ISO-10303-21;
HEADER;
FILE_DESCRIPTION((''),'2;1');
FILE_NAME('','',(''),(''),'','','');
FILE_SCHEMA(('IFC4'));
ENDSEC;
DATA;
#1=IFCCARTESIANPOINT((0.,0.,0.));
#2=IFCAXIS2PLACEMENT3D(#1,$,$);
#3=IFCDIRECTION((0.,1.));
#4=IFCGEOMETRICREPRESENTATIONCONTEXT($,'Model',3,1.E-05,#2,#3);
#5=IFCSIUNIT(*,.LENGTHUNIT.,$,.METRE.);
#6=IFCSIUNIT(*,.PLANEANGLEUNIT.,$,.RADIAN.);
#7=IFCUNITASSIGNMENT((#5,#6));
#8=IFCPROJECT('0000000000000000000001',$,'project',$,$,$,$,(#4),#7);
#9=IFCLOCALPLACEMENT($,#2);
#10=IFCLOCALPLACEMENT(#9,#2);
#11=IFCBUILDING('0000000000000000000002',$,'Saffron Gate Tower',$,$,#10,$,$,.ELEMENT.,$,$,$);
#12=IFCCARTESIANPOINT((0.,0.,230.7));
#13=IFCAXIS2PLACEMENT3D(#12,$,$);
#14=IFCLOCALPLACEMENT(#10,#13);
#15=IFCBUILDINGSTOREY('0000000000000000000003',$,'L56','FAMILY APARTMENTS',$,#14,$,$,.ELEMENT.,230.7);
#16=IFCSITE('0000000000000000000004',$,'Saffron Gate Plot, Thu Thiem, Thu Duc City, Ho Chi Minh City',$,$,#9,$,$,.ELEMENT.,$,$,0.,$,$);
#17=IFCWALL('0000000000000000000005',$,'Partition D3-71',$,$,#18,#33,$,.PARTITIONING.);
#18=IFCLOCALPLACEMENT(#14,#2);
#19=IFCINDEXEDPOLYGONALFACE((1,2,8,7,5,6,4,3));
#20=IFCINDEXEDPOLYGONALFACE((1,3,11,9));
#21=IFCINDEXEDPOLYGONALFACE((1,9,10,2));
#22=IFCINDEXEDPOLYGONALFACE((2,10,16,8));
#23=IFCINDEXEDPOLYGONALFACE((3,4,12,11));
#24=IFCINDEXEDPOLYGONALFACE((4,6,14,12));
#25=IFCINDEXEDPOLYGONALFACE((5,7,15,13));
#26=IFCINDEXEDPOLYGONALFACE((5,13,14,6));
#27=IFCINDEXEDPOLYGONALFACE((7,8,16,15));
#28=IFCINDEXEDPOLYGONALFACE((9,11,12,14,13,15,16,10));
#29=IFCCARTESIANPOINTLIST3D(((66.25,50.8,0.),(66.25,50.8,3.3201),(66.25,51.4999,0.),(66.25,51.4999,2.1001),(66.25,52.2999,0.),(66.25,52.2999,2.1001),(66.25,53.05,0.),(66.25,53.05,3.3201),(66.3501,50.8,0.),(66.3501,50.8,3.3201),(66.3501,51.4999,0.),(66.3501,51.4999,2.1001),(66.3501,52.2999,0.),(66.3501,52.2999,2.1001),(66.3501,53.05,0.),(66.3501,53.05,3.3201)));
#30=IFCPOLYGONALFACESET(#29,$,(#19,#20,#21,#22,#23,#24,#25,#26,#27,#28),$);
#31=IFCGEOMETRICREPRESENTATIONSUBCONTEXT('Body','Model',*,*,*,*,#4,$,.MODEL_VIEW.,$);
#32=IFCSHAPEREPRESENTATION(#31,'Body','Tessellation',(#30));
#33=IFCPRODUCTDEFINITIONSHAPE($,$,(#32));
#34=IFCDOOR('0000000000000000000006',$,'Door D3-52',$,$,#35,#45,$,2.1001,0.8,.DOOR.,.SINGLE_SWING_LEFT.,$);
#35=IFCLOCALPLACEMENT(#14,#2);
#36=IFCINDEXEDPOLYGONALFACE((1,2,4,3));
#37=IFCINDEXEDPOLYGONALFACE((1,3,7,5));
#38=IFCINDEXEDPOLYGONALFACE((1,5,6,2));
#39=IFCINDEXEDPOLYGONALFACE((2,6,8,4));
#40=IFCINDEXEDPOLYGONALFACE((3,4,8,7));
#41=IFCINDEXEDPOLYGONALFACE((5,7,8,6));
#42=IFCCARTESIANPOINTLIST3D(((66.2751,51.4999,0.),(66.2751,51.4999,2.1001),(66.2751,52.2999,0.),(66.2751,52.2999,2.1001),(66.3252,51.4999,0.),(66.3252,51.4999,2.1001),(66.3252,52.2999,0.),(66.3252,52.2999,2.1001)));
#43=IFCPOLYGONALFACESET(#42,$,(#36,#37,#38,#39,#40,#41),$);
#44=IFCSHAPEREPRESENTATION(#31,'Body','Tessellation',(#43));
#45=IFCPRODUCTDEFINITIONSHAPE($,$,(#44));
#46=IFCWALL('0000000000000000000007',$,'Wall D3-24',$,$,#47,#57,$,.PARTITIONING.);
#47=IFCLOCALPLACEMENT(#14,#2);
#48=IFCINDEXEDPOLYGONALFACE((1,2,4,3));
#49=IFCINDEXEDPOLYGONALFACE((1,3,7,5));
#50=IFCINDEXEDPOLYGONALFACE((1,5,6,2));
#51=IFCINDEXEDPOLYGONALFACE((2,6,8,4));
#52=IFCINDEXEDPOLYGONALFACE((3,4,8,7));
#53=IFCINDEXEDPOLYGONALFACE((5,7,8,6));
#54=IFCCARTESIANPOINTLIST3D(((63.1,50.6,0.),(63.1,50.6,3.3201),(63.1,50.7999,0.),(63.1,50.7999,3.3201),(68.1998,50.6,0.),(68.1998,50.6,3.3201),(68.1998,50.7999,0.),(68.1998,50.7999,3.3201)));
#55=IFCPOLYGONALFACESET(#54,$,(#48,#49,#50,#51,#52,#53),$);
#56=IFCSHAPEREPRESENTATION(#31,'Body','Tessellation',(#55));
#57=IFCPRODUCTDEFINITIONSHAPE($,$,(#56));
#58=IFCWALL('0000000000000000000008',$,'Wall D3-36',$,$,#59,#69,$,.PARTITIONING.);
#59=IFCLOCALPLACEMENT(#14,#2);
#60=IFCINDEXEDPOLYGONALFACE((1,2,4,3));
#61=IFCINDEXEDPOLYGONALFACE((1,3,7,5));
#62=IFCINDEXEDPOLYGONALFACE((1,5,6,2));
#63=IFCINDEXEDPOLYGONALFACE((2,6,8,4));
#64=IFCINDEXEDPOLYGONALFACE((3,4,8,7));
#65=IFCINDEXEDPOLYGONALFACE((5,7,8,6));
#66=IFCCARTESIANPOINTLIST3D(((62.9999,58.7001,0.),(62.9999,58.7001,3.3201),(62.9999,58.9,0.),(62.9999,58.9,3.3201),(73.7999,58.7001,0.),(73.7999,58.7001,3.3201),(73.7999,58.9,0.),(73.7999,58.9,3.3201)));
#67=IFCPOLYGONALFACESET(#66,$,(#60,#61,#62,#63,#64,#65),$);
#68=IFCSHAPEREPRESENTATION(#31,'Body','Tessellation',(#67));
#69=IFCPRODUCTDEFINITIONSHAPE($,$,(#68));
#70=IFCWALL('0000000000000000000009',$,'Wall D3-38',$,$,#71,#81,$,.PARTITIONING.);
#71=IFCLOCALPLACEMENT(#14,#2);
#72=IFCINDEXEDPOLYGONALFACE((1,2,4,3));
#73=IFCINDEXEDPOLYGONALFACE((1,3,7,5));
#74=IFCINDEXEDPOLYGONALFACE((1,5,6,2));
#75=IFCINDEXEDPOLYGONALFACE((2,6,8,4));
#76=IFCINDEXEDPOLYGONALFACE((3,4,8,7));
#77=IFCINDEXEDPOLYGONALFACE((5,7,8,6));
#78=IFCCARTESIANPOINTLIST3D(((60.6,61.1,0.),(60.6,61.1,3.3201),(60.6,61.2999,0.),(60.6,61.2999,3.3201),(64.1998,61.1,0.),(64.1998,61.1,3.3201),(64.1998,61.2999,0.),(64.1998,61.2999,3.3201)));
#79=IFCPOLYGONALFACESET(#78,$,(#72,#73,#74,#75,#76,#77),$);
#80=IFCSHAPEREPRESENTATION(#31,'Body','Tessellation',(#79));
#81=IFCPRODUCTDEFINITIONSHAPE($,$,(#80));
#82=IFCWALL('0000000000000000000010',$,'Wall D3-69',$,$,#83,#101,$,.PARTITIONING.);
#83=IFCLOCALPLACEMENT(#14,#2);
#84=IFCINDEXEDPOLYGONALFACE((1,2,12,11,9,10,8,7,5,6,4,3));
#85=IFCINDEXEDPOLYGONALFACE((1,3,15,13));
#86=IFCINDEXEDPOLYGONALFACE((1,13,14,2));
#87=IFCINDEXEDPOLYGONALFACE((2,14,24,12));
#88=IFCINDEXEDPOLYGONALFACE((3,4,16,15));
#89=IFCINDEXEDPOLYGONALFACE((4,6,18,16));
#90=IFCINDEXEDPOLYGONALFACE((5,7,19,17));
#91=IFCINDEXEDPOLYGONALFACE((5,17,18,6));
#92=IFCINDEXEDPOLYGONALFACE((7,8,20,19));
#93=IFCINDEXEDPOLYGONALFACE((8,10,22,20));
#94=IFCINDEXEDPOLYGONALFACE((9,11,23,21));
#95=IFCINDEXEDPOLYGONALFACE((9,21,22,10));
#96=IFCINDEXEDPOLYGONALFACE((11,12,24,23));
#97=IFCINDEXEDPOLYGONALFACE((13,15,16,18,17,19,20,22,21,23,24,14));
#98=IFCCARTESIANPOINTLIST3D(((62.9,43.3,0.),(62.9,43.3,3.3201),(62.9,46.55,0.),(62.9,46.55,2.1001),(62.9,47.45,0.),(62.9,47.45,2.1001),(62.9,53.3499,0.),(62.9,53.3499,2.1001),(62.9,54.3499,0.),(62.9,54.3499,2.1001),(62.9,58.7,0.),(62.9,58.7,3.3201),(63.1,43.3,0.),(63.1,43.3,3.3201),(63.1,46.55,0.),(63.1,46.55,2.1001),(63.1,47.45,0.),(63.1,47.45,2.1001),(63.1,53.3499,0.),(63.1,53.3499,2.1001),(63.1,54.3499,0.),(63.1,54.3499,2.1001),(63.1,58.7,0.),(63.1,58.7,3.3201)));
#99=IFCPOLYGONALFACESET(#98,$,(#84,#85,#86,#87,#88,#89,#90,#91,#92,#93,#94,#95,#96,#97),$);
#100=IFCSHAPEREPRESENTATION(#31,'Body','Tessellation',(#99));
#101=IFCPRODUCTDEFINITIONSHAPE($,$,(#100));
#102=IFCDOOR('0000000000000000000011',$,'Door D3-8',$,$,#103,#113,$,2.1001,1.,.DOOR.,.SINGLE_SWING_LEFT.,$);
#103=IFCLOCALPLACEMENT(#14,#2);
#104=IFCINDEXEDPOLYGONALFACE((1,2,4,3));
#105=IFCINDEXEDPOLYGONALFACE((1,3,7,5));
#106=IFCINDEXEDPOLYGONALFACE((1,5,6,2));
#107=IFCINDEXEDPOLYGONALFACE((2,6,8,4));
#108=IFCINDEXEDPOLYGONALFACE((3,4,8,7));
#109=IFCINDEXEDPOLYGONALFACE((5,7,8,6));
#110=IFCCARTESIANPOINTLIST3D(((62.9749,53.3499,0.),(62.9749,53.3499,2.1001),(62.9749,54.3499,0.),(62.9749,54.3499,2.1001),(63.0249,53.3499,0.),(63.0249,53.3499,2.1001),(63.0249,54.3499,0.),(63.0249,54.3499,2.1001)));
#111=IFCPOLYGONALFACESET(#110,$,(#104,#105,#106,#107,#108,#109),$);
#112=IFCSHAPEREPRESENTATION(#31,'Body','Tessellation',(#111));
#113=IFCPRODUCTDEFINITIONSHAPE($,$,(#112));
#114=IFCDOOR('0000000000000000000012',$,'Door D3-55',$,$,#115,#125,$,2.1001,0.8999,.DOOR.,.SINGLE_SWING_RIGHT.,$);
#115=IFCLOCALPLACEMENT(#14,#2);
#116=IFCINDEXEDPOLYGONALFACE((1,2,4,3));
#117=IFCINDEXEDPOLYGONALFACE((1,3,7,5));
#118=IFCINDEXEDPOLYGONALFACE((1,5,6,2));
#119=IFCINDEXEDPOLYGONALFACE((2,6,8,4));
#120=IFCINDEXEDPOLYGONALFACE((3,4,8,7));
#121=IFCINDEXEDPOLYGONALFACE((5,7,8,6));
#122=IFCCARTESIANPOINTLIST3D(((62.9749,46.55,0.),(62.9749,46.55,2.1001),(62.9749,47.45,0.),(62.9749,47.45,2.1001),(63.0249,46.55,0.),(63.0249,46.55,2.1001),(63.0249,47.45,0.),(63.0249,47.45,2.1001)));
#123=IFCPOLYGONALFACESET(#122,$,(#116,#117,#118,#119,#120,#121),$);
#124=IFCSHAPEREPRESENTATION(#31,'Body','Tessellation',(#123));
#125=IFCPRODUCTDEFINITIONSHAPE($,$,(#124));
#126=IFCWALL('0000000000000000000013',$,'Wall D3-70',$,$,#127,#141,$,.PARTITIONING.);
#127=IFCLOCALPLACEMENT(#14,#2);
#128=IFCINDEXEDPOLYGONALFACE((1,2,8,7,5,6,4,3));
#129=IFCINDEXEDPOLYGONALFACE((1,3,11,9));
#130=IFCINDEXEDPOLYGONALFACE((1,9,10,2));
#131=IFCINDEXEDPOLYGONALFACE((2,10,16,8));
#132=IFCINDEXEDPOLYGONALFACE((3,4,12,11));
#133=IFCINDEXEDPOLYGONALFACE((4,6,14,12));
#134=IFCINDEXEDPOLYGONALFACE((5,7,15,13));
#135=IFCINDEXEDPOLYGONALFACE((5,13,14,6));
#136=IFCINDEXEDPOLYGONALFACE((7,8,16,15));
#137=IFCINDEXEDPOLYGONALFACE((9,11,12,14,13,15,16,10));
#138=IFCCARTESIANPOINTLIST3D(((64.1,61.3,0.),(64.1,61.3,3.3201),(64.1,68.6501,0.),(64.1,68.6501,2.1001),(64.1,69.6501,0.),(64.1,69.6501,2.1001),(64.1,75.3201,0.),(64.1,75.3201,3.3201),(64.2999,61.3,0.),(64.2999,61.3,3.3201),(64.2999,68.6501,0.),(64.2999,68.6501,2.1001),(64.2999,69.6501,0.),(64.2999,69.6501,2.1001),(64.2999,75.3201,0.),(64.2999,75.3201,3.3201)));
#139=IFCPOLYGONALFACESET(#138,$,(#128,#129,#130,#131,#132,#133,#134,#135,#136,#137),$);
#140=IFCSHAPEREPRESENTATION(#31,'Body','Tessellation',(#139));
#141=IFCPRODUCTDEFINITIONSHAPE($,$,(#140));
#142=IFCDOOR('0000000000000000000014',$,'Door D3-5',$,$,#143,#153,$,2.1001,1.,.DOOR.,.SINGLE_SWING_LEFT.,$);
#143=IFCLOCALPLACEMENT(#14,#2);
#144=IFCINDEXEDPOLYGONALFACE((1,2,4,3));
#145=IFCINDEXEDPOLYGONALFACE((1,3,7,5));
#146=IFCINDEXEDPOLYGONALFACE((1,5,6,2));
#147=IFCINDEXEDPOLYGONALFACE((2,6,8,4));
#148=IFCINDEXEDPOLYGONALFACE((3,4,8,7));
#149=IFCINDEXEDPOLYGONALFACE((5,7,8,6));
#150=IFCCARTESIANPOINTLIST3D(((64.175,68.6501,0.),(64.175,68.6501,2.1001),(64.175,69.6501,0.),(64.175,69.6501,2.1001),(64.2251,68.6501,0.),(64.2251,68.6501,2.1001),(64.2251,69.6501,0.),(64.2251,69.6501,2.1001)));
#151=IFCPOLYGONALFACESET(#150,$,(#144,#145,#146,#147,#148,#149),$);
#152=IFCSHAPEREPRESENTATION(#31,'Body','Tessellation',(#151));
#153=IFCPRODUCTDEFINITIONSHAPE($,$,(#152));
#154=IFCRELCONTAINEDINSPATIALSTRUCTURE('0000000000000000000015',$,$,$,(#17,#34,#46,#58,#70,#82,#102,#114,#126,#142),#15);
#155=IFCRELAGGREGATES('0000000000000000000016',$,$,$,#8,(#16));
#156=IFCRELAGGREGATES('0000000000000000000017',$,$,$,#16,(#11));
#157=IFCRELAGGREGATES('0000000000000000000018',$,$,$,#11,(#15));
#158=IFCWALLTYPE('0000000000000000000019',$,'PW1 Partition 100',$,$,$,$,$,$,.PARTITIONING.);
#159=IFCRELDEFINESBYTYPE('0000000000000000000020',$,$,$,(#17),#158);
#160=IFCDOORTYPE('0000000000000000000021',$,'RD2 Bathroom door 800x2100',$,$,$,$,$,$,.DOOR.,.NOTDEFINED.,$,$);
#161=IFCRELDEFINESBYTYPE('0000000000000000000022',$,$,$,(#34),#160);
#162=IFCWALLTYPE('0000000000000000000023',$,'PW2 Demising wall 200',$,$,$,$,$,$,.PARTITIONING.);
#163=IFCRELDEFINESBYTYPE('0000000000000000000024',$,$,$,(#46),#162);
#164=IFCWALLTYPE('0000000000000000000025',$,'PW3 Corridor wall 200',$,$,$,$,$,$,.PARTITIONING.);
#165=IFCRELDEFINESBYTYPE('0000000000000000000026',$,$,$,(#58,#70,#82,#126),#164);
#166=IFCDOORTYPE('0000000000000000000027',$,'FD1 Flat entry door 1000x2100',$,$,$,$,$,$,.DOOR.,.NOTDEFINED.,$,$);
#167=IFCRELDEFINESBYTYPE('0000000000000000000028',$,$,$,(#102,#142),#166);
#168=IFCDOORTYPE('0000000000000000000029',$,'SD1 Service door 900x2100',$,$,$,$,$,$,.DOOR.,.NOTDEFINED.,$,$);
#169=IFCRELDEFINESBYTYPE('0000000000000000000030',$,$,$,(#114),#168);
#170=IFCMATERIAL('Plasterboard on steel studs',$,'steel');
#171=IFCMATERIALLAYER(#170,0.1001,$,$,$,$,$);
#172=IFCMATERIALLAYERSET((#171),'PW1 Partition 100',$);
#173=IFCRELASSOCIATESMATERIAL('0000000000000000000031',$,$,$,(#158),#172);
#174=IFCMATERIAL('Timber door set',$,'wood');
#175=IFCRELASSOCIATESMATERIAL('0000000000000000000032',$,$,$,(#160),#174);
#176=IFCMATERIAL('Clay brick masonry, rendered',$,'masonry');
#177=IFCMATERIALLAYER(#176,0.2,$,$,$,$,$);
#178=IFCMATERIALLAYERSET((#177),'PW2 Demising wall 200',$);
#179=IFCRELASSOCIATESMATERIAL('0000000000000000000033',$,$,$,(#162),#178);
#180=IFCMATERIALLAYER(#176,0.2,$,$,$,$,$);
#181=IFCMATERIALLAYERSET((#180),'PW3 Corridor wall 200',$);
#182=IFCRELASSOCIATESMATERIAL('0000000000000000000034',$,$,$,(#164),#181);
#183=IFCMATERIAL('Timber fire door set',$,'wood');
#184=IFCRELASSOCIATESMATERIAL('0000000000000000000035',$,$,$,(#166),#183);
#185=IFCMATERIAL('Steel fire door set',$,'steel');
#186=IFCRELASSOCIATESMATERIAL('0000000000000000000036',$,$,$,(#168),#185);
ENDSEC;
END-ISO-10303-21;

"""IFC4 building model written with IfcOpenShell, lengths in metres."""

from ifc_helpers import new_model, si_unit, direction, frame, frame_2d, origin, place, context, subcontext, project, spatial, rectangle, extrude, material, layer, layer_set, type_object, element, fill, save


model = new_model("IFC4")

# Units and contexts
model_context = context("Model", 3, precision=1e-05, world=origin(), true_north=direction((0.0, 1.0)))
body_context = subcontext(model_context, "Body", "Model", "MODEL_VIEW")
ifc_project = project(units=[si_unit("LENGTHUNIT", "METRE"), si_unit("PLANEANGLEUNIT", "RADIAN")], contexts=[model_context])

# Site, building, storey
site_placement = place(None, origin())
site = spatial("IfcSite", under=ifc_project, at=site_placement, Name="Saffron Gate Plot, Thu Thiem, Thu Duc City, Ho Chi Minh City", CompositionType="ELEMENT", RefElevation=0.0)
building_placement = place(site_placement, origin())
building = spatial("IfcBuilding", under=site, at=building_placement, Name="Saffron Gate Tower", CompositionType="ELEMENT")
storey_placement = place(building_placement, frame((0.0, 0.0, 230.7)))
storey = spatial("IfcBuildingStorey", under=building, at=storey_placement, Name="L56", Description="FAMILY APARTMENTS", CompositionType="ELEMENT", Elevation=230.7)

# Shared definitions
ifc_material_1 = material(Name="Steel fire door set", Category="steel")
ifc_material_2 = material(Name="Plasterboard on steel studs", Category="steel")
ifc_layer_1 = layer(ifc_material_2, 0.1001)
ifc_layer_set_1 = layer_set([ifc_layer_1], Name="PW1 Partition 100")
wall_type_1 = type_object("IfcWallType", Name="PW1 Partition 100", PredefinedType="PARTITIONING", material=ifc_layer_set_1)
ifc_material_3 = material(Name="Timber door set", Category="wood")

# Wall, opening, door
wall_1_placement = place(storey_placement, frame((66.3, 50.8, 0.0), z_axis=(0.0, 0.0, 1.0), x_axis=(0.0, 1.0, 0.0)))
wall_1 = element("IfcWall", 1, at=wall_1_placement, inside=storey, type_object=wall_type_1, Name="Partition D3-71", PredefinedType="PARTITIONING", context=body_context, shape_type="SweptSolid", body=[
    extrude(rectangle(XDim=2.25, YDim=0.1001, at=frame_2d((1.125, 0.0))), origin(), (0.0, 0.0, 1.0), 3.3201),
])
opening_1_placement = place(wall_1_placement, frame((0.7, 0.0, 0.0)))
opening_1 = element("IfcOpeningElement", 2, at=opening_1_placement, cuts=wall_1, PredefinedType="OPENING", context=body_context, shape_type="SweptSolid", body=[
    extrude(rectangle(XDim=0.8, YDim=2.1001, at=frame_2d((0.3999, 1.05))), frame((0.0, 0.0601, 0.0), z_axis=(0.0, -1.0, 0.0), x_axis=(1.0, 0.0, 0.0)), (0.0, 0.0, 1.0), 0.1201),
])
door_type_1 = type_object("IfcDoorType", Name="RD2 Bathroom door 800x2100", OperationType="NOTDEFINED", PredefinedType="DOOR", material=ifc_material_3)
door_1_placement = place(opening_1_placement, origin())
door_1 = element("IfcDoor", 3, at=door_1_placement, inside=storey, type_object=door_type_1, Name="Door D3-52", OperationType="SINGLE_SWING_LEFT", OverallHeight=2.1001, OverallWidth=0.8, PredefinedType="DOOR", context=body_context, shape_type="SweptSolid", body=[
    extrude(rectangle(XDim=0.8, YDim=2.1001, at=frame_2d((0.3999, 1.05))), frame((0.0, 0.0249, 0.0), z_axis=(0.0, -1.0, 0.0), x_axis=(1.0, 0.0, 0.0)), (0.0, 0.0, 1.0), 0.05),
])
fill(opening_1, door_1)

# Walls
ifc_material_4 = material(Name="Clay brick masonry, rendered", Category="masonry")
ifc_layer_2 = layer(ifc_material_4, 0.2)
ifc_layer_set_2 = layer_set([ifc_layer_2], Name="PW2 Demising wall 200")
wall_type_2 = type_object("IfcWallType", Name="PW2 Demising wall 200", PredefinedType="PARTITIONING", material=ifc_layer_set_2)
wall_2_placement = place(storey_placement, frame((63.1001, 50.7, 0.0), z_axis=(0.0, 0.0, 1.0), x_axis=(1.0, 0.0, 0.0)))
element("IfcWall", 4, at=wall_2_placement, inside=storey, type_object=wall_type_2, Name="Wall D3-24", PredefinedType="PARTITIONING", context=body_context, shape_type="SweptSolid", body=[
    extrude(rectangle(XDim=5.0999, YDim=0.2, at=frame_2d((2.5498, 0.0))), origin(), (0.0, 0.0, 1.0), 3.3201),
])
ifc_layer_3 = layer(ifc_material_4, 0.2)
ifc_layer_set_3 = layer_set([ifc_layer_3], Name="PW3 Corridor wall 200")
wall_type_3 = type_object("IfcWallType", Name="PW3 Corridor wall 200", PredefinedType="PARTITIONING", material=ifc_layer_set_3)
wall_3_placement = place(storey_placement, frame((63.0, 58.8, 0.0), z_axis=(0.0, 0.0, 1.0), x_axis=(1.0, 0.0, 0.0)))
element("IfcWall", 5, at=wall_3_placement, inside=storey, type_object=wall_type_3, Name="Wall D3-36", PredefinedType="PARTITIONING", context=body_context, shape_type="SweptSolid", body=[
    extrude(rectangle(XDim=10.8, YDim=0.2, at=frame_2d((5.3999, 0.0))), origin(), (0.0, 0.0, 1.0), 3.3201),
])
wall_4_placement = place(storey_placement, frame((60.6001, 61.2, 0.0), z_axis=(0.0, 0.0, 1.0), x_axis=(1.0, 0.0, 0.0)))
element("IfcWall", 6, at=wall_4_placement, inside=storey, type_object=wall_type_3, Name="Wall D3-38", PredefinedType="PARTITIONING", context=body_context, shape_type="SweptSolid", body=[
    extrude(rectangle(XDim=3.5999, YDim=0.2, at=frame_2d((1.7998, 0.0))), origin(), (0.0, 0.0, 1.0), 3.3201),
])

# Wall, openings, doors
wall_5_placement = place(storey_placement, frame((63.0, 58.7, 0.0), z_axis=(0.0, 0.0, 1.0), x_axis=(0.0, -1.0, 0.0)))
wall_5 = element("IfcWall", 7, at=wall_5_placement, inside=storey, type_object=wall_type_3, Name="Wall D3-69", PredefinedType="PARTITIONING", context=body_context, shape_type="SweptSolid", body=[
    extrude(rectangle(XDim=15.3999, YDim=0.2, at=frame_2d((7.7, 0.0))), origin(), (0.0, 0.0, 1.0), 3.3201),
])
opening_2_placement = place(wall_5_placement, frame((4.3501, 0.0, 0.0)))
opening_2 = element("IfcOpeningElement", 8, at=opening_2_placement, cuts=wall_5, PredefinedType="OPENING", context=body_context, shape_type="SweptSolid", body=[
    extrude(rectangle(XDim=1.0, YDim=2.1001, at=frame_2d((0.5, 1.05))), frame((0.0, 0.1099, 0.0), z_axis=(0.0, -1.0, 0.0), x_axis=(1.0, 0.0, 0.0)), (0.0, 0.0, 1.0), 0.22),
])
opening_3_placement = place(wall_5_placement, frame((11.25, 0.0, 0.0)))
opening_3 = element("IfcOpeningElement", 9, at=opening_3_placement, cuts=wall_5, PredefinedType="OPENING", context=body_context, shape_type="SweptSolid", body=[
    extrude(rectangle(XDim=0.8999, YDim=2.1001, at=frame_2d((0.45, 1.05))), frame((0.0, 0.1099, 0.0), z_axis=(0.0, -1.0, 0.0), x_axis=(1.0, 0.0, 0.0)), (0.0, 0.0, 1.0), 0.22),
])
ifc_material_5 = material(Name="Timber fire door set", Category="wood")
door_type_2 = type_object("IfcDoorType", Name="FD1 Flat entry door 1000x2100", OperationType="NOTDEFINED", PredefinedType="DOOR", material=ifc_material_5)
door_2_placement = place(opening_2_placement, origin())
door_2 = element("IfcDoor", 10, at=door_2_placement, inside=storey, type_object=door_type_2, Name="Door D3-8", OperationType="SINGLE_SWING_LEFT", OverallHeight=2.1001, OverallWidth=1.0, PredefinedType="DOOR", context=body_context, shape_type="SweptSolid", body=[
    extrude(rectangle(XDim=1.0, YDim=2.1001, at=frame_2d((0.5, 1.05))), frame((0.0, 0.0249, 0.0), z_axis=(0.0, -1.0, 0.0), x_axis=(1.0, 0.0, 0.0)), (0.0, 0.0, 1.0), 0.05),
])
fill(opening_2, door_2)
door_type_3 = type_object("IfcDoorType", Name="SD1 Service door 900x2100", OperationType="NOTDEFINED", PredefinedType="DOOR", material=ifc_material_1)
door_3_placement = place(opening_3_placement, origin())
door_3 = element("IfcDoor", 11, at=door_3_placement, inside=storey, type_object=door_type_3, Name="Door D3-55", OperationType="SINGLE_SWING_RIGHT", OverallHeight=2.1001, OverallWidth=0.8999, PredefinedType="DOOR", context=body_context, shape_type="SweptSolid", body=[
    extrude(rectangle(XDim=0.8999, YDim=2.1001, at=frame_2d((0.45, 1.05))), frame((0.0, 0.0249, 0.0), z_axis=(0.0, -1.0, 0.0), x_axis=(1.0, 0.0, 0.0)), (0.0, 0.0, 1.0), 0.05),
])
fill(opening_3, door_3)

# Wall, opening, door
wall_6_placement = place(storey_placement, frame((64.2, 61.3, 0.0), z_axis=(0.0, 0.0, 1.0), x_axis=(0.0, 1.0, 0.0)))
wall_6 = element("IfcWall", 12, at=wall_6_placement, inside=storey, type_object=wall_type_3, Name="Wall D3-70", PredefinedType="PARTITIONING", context=body_context, shape_type="SweptSolid", body=[
    extrude(rectangle(XDim=14.02, YDim=0.2, at=frame_2d((7.01, 0.0))), origin(), (0.0, 0.0, 1.0), 3.3201),
])
opening_4_placement = place(wall_6_placement, frame((7.3501, 0.0, 0.0)))
opening_4 = element("IfcOpeningElement", 13, at=opening_4_placement, cuts=wall_6, PredefinedType="OPENING", context=body_context, shape_type="SweptSolid", body=[
    extrude(rectangle(XDim=1.0, YDim=2.1001, at=frame_2d((0.5, 1.05))), frame((0.0, 0.1099, 0.0), z_axis=(0.0, -1.0, 0.0), x_axis=(1.0, 0.0, 0.0)), (0.0, 0.0, 1.0), 0.22),
])
door_4_placement = place(opening_4_placement, origin())
door_4 = element("IfcDoor", 14, at=door_4_placement, inside=storey, type_object=door_type_2, Name="Door D3-5", OperationType="SINGLE_SWING_LEFT", OverallHeight=2.1001, OverallWidth=1.0, PredefinedType="DOOR", context=body_context, shape_type="SweptSolid", body=[
    extrude(rectangle(XDim=1.0, YDim=2.1001, at=frame_2d((0.5, 1.05))), frame((0.0, 0.0249, 0.0), z_axis=(0.0, -1.0, 0.0), x_axis=(1.0, 0.0, 0.0)), (0.0, 0.0, 1.0), 0.05),
])
fill(opening_4, door_4)

save(model, "model.ifc")
